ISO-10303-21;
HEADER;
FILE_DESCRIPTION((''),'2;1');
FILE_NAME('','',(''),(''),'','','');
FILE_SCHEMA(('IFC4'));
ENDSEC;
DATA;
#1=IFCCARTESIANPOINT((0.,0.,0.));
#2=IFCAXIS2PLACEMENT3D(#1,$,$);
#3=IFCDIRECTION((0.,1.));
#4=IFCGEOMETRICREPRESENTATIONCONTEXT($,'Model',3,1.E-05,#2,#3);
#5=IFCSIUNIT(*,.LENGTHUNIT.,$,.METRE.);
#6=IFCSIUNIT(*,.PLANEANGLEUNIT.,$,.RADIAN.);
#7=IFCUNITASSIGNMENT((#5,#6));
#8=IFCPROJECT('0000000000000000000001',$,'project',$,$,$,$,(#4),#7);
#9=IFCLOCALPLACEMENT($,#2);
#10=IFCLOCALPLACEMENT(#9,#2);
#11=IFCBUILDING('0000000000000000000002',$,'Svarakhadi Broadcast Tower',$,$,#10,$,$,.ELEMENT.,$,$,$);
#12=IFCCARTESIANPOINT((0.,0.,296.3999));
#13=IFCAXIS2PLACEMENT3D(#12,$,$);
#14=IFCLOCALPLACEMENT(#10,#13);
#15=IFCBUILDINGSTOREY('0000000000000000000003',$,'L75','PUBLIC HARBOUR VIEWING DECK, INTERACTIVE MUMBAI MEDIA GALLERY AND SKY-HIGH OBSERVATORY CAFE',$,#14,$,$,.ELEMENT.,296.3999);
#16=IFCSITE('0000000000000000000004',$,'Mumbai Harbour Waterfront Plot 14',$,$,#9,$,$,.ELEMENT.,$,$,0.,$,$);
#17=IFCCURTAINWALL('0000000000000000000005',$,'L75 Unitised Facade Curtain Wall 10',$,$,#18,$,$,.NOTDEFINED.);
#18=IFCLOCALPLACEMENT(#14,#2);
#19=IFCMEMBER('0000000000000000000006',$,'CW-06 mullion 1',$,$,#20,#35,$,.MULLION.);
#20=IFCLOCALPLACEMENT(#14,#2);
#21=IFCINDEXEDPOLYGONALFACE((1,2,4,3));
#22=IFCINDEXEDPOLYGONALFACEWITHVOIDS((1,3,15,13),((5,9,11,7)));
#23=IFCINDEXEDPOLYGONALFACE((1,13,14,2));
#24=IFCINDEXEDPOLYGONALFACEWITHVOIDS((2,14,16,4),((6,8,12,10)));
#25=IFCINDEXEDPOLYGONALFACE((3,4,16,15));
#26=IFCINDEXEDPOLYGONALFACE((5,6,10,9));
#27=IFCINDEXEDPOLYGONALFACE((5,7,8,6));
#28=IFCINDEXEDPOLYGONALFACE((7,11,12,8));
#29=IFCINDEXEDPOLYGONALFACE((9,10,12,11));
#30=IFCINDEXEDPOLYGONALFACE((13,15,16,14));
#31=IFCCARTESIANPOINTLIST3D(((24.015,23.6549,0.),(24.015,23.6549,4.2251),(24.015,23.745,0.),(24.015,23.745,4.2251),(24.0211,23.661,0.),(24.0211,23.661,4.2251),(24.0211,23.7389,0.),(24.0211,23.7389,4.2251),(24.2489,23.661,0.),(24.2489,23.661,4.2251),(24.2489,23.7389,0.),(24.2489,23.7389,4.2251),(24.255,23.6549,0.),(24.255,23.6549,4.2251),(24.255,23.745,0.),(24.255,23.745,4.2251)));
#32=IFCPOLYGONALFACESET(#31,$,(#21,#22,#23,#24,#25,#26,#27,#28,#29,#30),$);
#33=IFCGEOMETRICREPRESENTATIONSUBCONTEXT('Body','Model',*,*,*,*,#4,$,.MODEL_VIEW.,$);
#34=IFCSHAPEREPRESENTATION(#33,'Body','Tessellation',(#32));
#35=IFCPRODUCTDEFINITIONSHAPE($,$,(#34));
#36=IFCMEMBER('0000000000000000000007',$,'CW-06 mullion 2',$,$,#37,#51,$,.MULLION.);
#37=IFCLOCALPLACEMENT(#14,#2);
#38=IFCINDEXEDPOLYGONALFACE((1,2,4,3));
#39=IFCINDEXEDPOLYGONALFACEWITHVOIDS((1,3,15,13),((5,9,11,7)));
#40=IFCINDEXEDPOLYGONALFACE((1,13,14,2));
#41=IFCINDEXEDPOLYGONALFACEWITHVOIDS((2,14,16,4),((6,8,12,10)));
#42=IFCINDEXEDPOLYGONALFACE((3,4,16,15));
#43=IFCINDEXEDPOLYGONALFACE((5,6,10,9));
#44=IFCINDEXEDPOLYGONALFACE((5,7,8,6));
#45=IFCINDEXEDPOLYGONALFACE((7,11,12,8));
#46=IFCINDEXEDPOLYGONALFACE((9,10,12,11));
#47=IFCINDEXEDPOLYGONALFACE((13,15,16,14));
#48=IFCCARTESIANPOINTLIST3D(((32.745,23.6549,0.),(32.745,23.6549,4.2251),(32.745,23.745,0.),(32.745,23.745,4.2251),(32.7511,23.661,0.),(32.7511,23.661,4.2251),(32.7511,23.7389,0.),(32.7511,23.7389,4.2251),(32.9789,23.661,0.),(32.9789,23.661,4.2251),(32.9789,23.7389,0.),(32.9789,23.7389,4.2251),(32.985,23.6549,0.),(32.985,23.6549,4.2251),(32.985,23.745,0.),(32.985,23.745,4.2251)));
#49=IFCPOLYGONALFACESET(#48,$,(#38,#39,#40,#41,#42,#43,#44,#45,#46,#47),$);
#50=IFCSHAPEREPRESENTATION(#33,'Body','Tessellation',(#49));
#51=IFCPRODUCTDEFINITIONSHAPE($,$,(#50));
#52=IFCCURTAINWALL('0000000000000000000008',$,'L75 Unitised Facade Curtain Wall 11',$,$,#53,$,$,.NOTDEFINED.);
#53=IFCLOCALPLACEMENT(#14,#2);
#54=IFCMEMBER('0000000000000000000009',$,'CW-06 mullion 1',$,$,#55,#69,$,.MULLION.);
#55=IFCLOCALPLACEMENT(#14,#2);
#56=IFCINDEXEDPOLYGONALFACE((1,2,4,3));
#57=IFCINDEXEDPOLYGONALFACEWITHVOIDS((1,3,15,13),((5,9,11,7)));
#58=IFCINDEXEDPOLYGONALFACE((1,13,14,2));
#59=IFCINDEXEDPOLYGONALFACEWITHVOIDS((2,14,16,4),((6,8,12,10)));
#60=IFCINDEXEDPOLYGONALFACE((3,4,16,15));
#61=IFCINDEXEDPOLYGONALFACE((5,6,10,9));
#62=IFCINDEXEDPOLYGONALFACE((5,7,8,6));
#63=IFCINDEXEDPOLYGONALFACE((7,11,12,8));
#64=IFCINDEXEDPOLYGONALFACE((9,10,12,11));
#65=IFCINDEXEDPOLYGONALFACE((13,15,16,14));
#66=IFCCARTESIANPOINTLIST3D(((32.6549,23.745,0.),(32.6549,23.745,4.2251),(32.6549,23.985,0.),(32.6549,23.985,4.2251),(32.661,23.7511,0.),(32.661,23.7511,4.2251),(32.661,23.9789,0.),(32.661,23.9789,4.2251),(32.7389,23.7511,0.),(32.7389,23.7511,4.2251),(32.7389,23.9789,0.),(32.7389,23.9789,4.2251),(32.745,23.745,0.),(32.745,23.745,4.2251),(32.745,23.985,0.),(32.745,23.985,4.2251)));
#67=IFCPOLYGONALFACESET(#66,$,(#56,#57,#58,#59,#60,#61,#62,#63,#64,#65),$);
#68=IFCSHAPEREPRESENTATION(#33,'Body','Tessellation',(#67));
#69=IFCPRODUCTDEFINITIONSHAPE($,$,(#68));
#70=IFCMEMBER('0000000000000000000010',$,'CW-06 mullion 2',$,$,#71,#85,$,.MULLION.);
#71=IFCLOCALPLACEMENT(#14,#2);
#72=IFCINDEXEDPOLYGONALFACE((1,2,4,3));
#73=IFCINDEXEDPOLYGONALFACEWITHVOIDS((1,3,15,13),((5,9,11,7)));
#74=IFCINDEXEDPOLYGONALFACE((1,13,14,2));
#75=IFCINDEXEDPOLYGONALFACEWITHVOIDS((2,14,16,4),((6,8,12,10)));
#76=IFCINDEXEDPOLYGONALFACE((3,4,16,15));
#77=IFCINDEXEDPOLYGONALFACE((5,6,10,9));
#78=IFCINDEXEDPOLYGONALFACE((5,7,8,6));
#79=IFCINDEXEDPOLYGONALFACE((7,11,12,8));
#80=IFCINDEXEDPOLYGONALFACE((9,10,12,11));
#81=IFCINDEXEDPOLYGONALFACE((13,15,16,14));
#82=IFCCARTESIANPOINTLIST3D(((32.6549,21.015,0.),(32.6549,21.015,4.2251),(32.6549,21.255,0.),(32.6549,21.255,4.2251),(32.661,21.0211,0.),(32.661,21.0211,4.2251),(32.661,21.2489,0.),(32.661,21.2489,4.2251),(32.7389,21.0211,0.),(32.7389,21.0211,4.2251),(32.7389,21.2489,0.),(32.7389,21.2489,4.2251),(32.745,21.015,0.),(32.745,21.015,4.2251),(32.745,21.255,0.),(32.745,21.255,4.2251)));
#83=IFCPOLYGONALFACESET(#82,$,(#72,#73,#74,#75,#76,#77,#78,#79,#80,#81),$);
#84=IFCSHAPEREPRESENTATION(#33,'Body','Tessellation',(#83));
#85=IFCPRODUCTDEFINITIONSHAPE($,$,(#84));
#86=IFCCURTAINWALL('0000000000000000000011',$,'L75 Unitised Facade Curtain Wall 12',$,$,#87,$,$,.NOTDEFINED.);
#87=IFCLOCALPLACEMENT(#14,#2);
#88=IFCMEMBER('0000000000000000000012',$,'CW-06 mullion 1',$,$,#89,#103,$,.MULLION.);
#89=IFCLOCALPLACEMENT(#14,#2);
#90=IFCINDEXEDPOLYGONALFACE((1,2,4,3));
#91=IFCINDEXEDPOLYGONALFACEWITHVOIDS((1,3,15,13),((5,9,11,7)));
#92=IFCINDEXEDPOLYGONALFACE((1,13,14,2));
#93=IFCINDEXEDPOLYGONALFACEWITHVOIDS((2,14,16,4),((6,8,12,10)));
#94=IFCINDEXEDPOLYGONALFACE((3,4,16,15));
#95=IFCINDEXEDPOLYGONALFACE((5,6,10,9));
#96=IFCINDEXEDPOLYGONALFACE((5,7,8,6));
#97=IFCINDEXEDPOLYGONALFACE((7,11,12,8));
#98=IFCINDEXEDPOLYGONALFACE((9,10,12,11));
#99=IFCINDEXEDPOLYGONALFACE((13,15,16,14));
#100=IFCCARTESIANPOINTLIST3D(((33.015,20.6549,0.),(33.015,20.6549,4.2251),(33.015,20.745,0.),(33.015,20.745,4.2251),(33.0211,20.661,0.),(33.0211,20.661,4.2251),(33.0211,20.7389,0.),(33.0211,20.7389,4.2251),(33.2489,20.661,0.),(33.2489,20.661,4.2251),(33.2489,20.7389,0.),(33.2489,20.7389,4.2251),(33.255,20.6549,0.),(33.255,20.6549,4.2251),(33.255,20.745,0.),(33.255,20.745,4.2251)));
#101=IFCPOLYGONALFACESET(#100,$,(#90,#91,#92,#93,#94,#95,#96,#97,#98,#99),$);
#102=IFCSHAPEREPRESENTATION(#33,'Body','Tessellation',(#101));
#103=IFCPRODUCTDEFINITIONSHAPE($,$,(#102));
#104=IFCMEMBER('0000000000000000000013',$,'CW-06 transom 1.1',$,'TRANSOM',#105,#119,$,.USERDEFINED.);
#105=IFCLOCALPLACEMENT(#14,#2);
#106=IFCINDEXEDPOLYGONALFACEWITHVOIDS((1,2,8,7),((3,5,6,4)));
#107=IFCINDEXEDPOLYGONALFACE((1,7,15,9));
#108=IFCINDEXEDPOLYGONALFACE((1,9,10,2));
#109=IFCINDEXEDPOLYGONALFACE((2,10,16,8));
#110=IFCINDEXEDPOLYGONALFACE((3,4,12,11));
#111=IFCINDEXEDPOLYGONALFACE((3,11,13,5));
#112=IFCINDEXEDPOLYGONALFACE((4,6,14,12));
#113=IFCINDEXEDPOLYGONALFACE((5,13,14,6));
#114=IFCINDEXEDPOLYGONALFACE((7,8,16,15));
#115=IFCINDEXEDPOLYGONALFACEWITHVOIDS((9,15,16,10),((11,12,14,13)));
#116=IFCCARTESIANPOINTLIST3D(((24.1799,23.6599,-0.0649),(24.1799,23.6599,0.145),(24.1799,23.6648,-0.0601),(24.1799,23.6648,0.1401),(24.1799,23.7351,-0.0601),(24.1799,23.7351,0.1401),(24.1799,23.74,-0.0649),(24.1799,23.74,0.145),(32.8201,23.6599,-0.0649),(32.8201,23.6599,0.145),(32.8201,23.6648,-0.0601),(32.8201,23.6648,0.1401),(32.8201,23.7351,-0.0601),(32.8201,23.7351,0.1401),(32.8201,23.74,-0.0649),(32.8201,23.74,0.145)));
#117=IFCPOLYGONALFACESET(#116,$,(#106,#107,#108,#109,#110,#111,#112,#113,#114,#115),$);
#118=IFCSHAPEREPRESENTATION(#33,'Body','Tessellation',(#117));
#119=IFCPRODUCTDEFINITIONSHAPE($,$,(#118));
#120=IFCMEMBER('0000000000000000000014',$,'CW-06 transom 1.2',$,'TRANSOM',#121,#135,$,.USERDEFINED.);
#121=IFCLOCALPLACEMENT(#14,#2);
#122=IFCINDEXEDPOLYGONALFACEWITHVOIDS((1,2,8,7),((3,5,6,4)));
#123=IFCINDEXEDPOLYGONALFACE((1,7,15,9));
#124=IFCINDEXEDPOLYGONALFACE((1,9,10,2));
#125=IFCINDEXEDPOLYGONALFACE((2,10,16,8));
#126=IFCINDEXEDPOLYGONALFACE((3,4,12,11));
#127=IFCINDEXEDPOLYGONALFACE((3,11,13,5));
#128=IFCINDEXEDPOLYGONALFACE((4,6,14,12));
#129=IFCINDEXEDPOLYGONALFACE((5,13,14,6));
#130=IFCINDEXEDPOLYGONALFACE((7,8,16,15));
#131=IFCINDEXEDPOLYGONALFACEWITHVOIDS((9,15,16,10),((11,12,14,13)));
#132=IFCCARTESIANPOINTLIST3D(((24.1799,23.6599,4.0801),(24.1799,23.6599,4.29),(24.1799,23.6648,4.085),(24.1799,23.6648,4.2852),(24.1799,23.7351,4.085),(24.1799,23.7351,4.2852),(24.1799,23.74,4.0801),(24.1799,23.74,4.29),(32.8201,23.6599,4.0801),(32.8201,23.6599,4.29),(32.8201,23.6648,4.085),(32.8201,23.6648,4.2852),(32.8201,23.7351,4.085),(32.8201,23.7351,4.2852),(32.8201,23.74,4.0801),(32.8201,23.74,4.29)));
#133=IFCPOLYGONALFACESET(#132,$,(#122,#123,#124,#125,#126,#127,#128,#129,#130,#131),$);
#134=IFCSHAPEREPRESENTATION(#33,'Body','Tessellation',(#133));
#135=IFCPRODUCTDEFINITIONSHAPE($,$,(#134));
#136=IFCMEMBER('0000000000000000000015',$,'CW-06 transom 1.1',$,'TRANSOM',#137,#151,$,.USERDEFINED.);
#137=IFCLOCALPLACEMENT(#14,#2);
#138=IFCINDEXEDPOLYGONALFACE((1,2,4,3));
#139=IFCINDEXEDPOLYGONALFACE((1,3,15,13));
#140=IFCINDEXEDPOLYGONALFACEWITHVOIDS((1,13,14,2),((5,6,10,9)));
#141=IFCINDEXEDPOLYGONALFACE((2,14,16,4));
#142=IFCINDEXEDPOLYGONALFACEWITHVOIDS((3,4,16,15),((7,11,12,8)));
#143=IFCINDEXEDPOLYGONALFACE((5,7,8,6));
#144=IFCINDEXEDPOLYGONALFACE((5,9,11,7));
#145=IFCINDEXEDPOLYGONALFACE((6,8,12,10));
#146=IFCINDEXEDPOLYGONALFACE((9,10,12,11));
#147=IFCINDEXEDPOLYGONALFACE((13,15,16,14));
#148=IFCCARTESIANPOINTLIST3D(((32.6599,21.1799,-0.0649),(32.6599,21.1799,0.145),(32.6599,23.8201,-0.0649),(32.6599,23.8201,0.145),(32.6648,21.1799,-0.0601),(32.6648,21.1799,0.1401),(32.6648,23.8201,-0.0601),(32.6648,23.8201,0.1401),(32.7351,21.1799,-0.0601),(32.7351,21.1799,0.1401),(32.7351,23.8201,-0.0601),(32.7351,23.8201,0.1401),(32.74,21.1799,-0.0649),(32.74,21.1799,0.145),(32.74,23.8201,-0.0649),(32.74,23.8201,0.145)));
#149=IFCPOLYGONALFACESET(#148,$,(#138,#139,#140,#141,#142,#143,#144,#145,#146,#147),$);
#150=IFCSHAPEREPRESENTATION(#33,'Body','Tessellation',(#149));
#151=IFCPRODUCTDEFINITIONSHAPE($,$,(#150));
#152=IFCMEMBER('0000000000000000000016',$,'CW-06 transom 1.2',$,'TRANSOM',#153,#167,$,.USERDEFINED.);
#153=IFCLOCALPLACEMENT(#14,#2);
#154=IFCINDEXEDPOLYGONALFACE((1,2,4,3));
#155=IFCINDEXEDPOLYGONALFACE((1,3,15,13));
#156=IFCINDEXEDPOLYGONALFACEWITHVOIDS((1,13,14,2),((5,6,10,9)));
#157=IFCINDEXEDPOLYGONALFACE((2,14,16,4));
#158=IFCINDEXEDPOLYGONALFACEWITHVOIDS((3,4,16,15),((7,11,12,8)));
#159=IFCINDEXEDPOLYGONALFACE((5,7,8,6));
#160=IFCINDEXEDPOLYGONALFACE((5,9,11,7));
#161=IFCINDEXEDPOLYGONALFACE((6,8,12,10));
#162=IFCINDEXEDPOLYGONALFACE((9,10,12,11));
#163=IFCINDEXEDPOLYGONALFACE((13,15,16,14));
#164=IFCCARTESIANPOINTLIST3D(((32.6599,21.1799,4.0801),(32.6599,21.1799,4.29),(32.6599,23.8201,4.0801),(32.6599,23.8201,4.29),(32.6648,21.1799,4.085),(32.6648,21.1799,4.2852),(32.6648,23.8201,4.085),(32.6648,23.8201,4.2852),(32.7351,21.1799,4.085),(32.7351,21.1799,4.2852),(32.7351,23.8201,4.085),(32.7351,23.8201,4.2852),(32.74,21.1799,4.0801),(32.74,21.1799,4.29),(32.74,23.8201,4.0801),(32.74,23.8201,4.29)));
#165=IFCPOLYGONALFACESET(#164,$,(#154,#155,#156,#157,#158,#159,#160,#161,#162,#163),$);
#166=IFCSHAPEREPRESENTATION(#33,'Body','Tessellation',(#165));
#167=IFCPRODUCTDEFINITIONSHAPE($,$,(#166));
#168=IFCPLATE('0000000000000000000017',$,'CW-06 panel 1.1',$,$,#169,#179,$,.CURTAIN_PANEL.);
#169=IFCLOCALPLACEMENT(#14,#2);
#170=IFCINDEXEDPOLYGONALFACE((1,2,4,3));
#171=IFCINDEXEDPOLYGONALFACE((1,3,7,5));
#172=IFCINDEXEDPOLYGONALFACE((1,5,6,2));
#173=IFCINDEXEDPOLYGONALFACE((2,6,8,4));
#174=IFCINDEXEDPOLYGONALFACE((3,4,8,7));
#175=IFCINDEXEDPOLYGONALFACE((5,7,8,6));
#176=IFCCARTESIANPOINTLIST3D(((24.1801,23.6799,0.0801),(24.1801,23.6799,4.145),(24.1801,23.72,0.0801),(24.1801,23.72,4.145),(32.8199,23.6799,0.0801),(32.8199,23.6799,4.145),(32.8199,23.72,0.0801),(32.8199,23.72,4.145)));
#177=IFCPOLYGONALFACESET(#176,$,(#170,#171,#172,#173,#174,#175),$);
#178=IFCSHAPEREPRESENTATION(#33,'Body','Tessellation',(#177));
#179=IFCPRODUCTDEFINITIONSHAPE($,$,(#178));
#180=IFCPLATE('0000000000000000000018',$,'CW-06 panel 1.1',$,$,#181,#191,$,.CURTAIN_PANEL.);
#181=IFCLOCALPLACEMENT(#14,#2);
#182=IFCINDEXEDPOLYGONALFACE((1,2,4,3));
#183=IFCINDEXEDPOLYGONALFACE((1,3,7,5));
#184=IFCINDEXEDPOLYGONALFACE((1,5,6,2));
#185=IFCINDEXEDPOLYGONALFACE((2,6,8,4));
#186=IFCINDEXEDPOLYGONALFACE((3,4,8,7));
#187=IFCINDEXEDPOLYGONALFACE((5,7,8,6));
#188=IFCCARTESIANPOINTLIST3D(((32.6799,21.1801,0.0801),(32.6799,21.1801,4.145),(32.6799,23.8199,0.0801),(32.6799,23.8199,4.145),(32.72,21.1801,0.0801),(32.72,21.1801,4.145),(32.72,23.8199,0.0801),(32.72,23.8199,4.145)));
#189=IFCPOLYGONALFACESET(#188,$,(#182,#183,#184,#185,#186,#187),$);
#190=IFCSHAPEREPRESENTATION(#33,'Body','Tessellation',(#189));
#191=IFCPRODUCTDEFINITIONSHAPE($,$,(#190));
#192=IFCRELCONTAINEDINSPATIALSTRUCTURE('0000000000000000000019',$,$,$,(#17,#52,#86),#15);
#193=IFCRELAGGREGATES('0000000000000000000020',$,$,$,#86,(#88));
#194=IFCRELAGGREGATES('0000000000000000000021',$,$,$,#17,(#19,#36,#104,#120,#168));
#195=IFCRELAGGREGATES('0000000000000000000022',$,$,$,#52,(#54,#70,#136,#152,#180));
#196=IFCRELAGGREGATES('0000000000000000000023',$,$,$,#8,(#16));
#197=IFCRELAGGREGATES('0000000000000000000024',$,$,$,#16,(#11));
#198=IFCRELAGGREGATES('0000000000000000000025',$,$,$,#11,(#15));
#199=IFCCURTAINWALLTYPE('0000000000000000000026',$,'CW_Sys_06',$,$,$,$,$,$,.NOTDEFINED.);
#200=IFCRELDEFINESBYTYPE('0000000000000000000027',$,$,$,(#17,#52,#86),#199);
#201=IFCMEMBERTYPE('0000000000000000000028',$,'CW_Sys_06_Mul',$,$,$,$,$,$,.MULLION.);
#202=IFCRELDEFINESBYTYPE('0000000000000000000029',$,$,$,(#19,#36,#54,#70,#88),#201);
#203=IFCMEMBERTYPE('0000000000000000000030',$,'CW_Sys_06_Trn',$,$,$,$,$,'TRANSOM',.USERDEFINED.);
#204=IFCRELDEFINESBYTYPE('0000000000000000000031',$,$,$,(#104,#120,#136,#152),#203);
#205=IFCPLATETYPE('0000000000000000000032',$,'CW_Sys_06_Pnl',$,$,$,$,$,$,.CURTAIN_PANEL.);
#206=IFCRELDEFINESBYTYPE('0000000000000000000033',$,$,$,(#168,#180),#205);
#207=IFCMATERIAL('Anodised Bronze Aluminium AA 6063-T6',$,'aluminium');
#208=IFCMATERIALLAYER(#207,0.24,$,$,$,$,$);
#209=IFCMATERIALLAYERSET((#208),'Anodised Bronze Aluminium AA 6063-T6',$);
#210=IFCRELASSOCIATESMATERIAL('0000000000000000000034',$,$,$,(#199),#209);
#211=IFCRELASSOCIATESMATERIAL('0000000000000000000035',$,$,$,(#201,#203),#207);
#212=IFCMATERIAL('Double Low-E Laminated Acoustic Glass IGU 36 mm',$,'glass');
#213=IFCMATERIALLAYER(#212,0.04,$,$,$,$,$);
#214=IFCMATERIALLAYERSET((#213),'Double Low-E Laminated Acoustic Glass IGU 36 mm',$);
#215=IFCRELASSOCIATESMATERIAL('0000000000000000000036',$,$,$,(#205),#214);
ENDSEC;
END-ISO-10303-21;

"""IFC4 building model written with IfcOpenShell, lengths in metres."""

from ifc_helpers import new_model, si_unit, direction, frame, origin, origin_2d, place, context, subcontext, project, spatial, rectangle, hollow_rectangle, extrude, material, layer, layer_set, material_profile, profile_set, type_object, element, aggregate, save


model = new_model("IFC4")

# Units and contexts
model_context = context("Model", 3, precision=1e-05, world=origin(), true_north=direction((0.0, 1.0)))
body_context = subcontext(model_context, "Body", "Model", "MODEL_VIEW")
ifc_project = project(units=[si_unit("LENGTHUNIT", "METRE"), si_unit("PLANEANGLEUNIT", "RADIAN")], contexts=[model_context])

# Site, building, storey
site_placement = place(None, origin())
site = spatial("IfcSite", under=ifc_project, at=site_placement, Name="Mumbai Harbour Waterfront Plot 14", CompositionType="ELEMENT", RefElevation=0.0)
building_placement = place(site_placement, origin())
building = spatial("IfcBuilding", under=site, at=building_placement, Name="Svarakhadi Broadcast Tower", CompositionType="ELEMENT")
storey_placement = place(building_placement, frame((0.0, 0.0, 296.3999)))
storey = spatial("IfcBuildingStorey", under=building, at=storey_placement, Name="L75", Description="PUBLIC HARBOUR VIEWING DECK, INTERACTIVE MUMBAI MEDIA GALLERY AND SKY-HIGH OBSERVATORY CAFE", CompositionType="ELEMENT", Elevation=296.3999)

# Curtain walls, members
ifc_material_1 = material(Name="Anodised Bronze Aluminium AA 6063-T6", Category="aluminium")
ifc_layer_1 = layer(ifc_material_1, 0.24)
ifc_layer_set_1 = layer_set([ifc_layer_1], Name="Anodised Bronze Aluminium AA 6063-T6")
curtain_wall_type = type_object("IfcCurtainWallType", Name="CW_Sys_06", PredefinedType="NOTDEFINED", material=ifc_layer_set_1)
curtain_wall_1_placement = place(storey_placement, origin())
curtain_wall_1 = element("IfcCurtainWall", 1, at=curtain_wall_1_placement, inside=storey, type_object=curtain_wall_type, Name="L75 Unitised Facade Curtain Wall 10", PredefinedType="NOTDEFINED")
ifc_material_profile_1 = material_profile(ifc_material_1, hollow_rectangle(XDim=0.0901, YDim=0.24, WallThickness=0.0061, at=origin_2d()), Name="ALU MULLION 240x90x6")
ifc_profile_set_1 = profile_set([ifc_material_profile_1], Name="Anodised Bronze Aluminium AA 6063-T6")
member_type_1 = type_object("IfcMemberType", Name="CW_Sys_06_Mul", PredefinedType="MULLION", material=ifc_profile_set_1)
member_1_placement = place(storey_placement, frame((24.135, 23.7, 0.0), z_axis=(0.0, 0.0, 1.0), x_axis=(0.0, 1.0, 0.0)))
member_1 = element("IfcMember", 2, at=member_1_placement, type_object=member_type_1, Name="CW-06 mullion 1", PredefinedType="MULLION", context=body_context, shape_type="SweptSolid", body=[
    extrude(hollow_rectangle(XDim=0.0901, YDim=0.24, WallThickness=0.0061, at=origin_2d()), origin(), (0.0, 0.0, 1.0), 4.2251),
])
member_2_placement = place(storey_placement, frame((32.865, 23.7, 0.0), z_axis=(0.0, 0.0, 1.0), x_axis=(0.0, 1.0, 0.0)))
member_2 = element("IfcMember", 3, at=member_2_placement, type_object=member_type_1, Name="CW-06 mullion 2", PredefinedType="MULLION", context=body_context, shape_type="SweptSolid", body=[
    extrude(hollow_rectangle(XDim=0.0901, YDim=0.24, WallThickness=0.0061, at=origin_2d()), origin(), (0.0, 0.0, 1.0), 4.2251),
])
curtain_wall_2_placement = place(storey_placement, origin())
curtain_wall_2 = element("IfcCurtainWall", 4, at=curtain_wall_2_placement, inside=storey, type_object=curtain_wall_type, Name="L75 Unitised Facade Curtain Wall 11", PredefinedType="NOTDEFINED")
member_3_placement = place(storey_placement, frame((32.7, 23.865, 0.0), z_axis=(0.0, 0.0, 1.0), x_axis=(1.0, 0.0, 0.0)))
member_3 = element("IfcMember", 5, at=member_3_placement, type_object=member_type_1, Name="CW-06 mullion 1", PredefinedType="MULLION", context=body_context, shape_type="SweptSolid", body=[
    extrude(hollow_rectangle(XDim=0.0901, YDim=0.24, WallThickness=0.0061, at=origin_2d()), origin(), (0.0, 0.0, 1.0), 4.2251),
])
member_4_placement = place(storey_placement, frame((32.7, 21.135, 0.0), z_axis=(0.0, 0.0, 1.0), x_axis=(1.0, 0.0, 0.0)))
member_4 = element("IfcMember", 6, at=member_4_placement, type_object=member_type_1, Name="CW-06 mullion 2", PredefinedType="MULLION", context=body_context, shape_type="SweptSolid", body=[
    extrude(hollow_rectangle(XDim=0.0901, YDim=0.24, WallThickness=0.0061, at=origin_2d()), origin(), (0.0, 0.0, 1.0), 4.2251),
])

# Curtain wall, member
curtain_wall_3_placement = place(storey_placement, origin())
curtain_wall_3 = element("IfcCurtainWall", 7, at=curtain_wall_3_placement, inside=storey, type_object=curtain_wall_type, Name="L75 Unitised Facade Curtain Wall 12", PredefinedType="NOTDEFINED")
member_5_placement = place(storey_placement, frame((33.135, 20.7, 0.0), z_axis=(0.0, 0.0, 1.0), x_axis=(0.0, 1.0, 0.0)))
member_5 = element("IfcMember", 8, at=member_5_placement, type_object=member_type_1, Name="CW-06 mullion 1", PredefinedType="MULLION", context=body_context, shape_type="SweptSolid", body=[
    extrude(hollow_rectangle(XDim=0.0901, YDim=0.24, WallThickness=0.0061, at=origin_2d()), origin(), (0.0, 0.0, 1.0), 4.2251),
])
aggregate(curtain_wall_3, [member_5])

# Members
ifc_material_profile_2 = material_profile(ifc_material_1, hollow_rectangle(XDim=0.0801, YDim=0.21, WallThickness=0.0049, at=origin_2d()), Name="ALU TRANSOM 210x80x5")
ifc_profile_set_2 = profile_set([ifc_material_profile_2], Name="Anodised Bronze Aluminium AA 6063-T6")
member_type_2 = type_object("IfcMemberType", Name="CW_Sys_06_Trn", ElementType="TRANSOM", PredefinedType="USERDEFINED", material=ifc_profile_set_2)
member_6_placement = place(storey_placement, frame((24.1799, 23.7, 0.04), z_axis=(1.0, 0.0, 0.0), x_axis=(0.0, 1.0, 0.0)))
member_6 = element("IfcMember", 9, at=member_6_placement, type_object=member_type_2, Name="CW-06 transom 1.1", ObjectType="TRANSOM", PredefinedType="USERDEFINED", context=body_context, shape_type="SweptSolid", body=[
    extrude(hollow_rectangle(XDim=0.0801, YDim=0.21, WallThickness=0.0049, at=origin_2d()), origin(), (0.0, 0.0, 1.0), 8.6401),
])
member_7_placement = place(storey_placement, frame((24.1799, 23.7, 4.1851), z_axis=(1.0, 0.0, 0.0), x_axis=(0.0, 1.0, 0.0)))
member_7 = element("IfcMember", 10, at=member_7_placement, type_object=member_type_2, Name="CW-06 transom 1.2", ObjectType="TRANSOM", PredefinedType="USERDEFINED", context=body_context, shape_type="SweptSolid", body=[
    extrude(hollow_rectangle(XDim=0.0801, YDim=0.21, WallThickness=0.0049, at=origin_2d()), origin(), (0.0, 0.0, 1.0), 8.6401),
])
member_8_placement = place(storey_placement, frame((32.7, 23.8201, 0.04), z_axis=(0.0, -1.0, 0.0), x_axis=(1.0, 0.0, 0.0)))
member_8 = element("IfcMember", 11, at=member_8_placement, type_object=member_type_2, Name="CW-06 transom 1.1", ObjectType="TRANSOM", PredefinedType="USERDEFINED", context=body_context, shape_type="SweptSolid", body=[
    extrude(hollow_rectangle(XDim=0.0801, YDim=0.21, WallThickness=0.0049, at=origin_2d()), origin(), (0.0, 0.0, 1.0), 2.6401),
])
member_9_placement = place(storey_placement, frame((32.7, 23.8201, 4.1851), z_axis=(0.0, -1.0, 0.0), x_axis=(1.0, 0.0, 0.0)))
member_9 = element("IfcMember", 12, at=member_9_placement, type_object=member_type_2, Name="CW-06 transom 1.2", ObjectType="TRANSOM", PredefinedType="USERDEFINED", context=body_context, shape_type="SweptSolid", body=[
    extrude(hollow_rectangle(XDim=0.0801, YDim=0.21, WallThickness=0.0049, at=origin_2d()), origin(), (0.0, 0.0, 1.0), 2.6401),
])

# Plates
ifc_material_2 = material(Name="Double Low-E Laminated Acoustic Glass IGU 36 mm", Category="glass")
ifc_layer_2 = layer(ifc_material_2, 0.04)
ifc_layer_set_2 = layer_set([ifc_layer_2], Name="Double Low-E Laminated Acoustic Glass IGU 36 mm")
plate_type = type_object("IfcPlateType", Name="CW_Sys_06_Pnl", PredefinedType="CURTAIN_PANEL", material=ifc_layer_set_2)
plate_1_placement = place(storey_placement, frame((28.5, 23.7, 0.0801), z_axis=(0.0, 0.0, 1.0), x_axis=(1.0, 0.0, 0.0)))
plate_1 = element("IfcPlate", 13, at=plate_1_placement, type_object=plate_type, Name="CW-06 panel 1.1", PredefinedType="CURTAIN_PANEL", context=body_context, shape_type="SweptSolid", body=[
    extrude(rectangle(XDim=8.6399, YDim=0.04, at=origin_2d()), origin(), (0.0, 0.0, 1.0), 4.0649),
])
aggregate(curtain_wall_1, [member_1, member_2, member_6, member_7, plate_1])
plate_2_placement = place(storey_placement, frame((32.7, 22.5, 0.0801), z_axis=(0.0, 0.0, 1.0), x_axis=(0.0, -1.0, 0.0)))
plate_2 = element("IfcPlate", 14, at=plate_2_placement, type_object=plate_type, Name="CW-06 panel 1.1", PredefinedType="CURTAIN_PANEL", context=body_context, shape_type="SweptSolid", body=[
    extrude(rectangle(XDim=2.6399, YDim=0.04, at=origin_2d()), origin(), (0.0, 0.0, 1.0), 4.0649),
])
aggregate(curtain_wall_2, [member_3, member_4, member_8, member_9, plate_2])

save(model, "model.ifc")
